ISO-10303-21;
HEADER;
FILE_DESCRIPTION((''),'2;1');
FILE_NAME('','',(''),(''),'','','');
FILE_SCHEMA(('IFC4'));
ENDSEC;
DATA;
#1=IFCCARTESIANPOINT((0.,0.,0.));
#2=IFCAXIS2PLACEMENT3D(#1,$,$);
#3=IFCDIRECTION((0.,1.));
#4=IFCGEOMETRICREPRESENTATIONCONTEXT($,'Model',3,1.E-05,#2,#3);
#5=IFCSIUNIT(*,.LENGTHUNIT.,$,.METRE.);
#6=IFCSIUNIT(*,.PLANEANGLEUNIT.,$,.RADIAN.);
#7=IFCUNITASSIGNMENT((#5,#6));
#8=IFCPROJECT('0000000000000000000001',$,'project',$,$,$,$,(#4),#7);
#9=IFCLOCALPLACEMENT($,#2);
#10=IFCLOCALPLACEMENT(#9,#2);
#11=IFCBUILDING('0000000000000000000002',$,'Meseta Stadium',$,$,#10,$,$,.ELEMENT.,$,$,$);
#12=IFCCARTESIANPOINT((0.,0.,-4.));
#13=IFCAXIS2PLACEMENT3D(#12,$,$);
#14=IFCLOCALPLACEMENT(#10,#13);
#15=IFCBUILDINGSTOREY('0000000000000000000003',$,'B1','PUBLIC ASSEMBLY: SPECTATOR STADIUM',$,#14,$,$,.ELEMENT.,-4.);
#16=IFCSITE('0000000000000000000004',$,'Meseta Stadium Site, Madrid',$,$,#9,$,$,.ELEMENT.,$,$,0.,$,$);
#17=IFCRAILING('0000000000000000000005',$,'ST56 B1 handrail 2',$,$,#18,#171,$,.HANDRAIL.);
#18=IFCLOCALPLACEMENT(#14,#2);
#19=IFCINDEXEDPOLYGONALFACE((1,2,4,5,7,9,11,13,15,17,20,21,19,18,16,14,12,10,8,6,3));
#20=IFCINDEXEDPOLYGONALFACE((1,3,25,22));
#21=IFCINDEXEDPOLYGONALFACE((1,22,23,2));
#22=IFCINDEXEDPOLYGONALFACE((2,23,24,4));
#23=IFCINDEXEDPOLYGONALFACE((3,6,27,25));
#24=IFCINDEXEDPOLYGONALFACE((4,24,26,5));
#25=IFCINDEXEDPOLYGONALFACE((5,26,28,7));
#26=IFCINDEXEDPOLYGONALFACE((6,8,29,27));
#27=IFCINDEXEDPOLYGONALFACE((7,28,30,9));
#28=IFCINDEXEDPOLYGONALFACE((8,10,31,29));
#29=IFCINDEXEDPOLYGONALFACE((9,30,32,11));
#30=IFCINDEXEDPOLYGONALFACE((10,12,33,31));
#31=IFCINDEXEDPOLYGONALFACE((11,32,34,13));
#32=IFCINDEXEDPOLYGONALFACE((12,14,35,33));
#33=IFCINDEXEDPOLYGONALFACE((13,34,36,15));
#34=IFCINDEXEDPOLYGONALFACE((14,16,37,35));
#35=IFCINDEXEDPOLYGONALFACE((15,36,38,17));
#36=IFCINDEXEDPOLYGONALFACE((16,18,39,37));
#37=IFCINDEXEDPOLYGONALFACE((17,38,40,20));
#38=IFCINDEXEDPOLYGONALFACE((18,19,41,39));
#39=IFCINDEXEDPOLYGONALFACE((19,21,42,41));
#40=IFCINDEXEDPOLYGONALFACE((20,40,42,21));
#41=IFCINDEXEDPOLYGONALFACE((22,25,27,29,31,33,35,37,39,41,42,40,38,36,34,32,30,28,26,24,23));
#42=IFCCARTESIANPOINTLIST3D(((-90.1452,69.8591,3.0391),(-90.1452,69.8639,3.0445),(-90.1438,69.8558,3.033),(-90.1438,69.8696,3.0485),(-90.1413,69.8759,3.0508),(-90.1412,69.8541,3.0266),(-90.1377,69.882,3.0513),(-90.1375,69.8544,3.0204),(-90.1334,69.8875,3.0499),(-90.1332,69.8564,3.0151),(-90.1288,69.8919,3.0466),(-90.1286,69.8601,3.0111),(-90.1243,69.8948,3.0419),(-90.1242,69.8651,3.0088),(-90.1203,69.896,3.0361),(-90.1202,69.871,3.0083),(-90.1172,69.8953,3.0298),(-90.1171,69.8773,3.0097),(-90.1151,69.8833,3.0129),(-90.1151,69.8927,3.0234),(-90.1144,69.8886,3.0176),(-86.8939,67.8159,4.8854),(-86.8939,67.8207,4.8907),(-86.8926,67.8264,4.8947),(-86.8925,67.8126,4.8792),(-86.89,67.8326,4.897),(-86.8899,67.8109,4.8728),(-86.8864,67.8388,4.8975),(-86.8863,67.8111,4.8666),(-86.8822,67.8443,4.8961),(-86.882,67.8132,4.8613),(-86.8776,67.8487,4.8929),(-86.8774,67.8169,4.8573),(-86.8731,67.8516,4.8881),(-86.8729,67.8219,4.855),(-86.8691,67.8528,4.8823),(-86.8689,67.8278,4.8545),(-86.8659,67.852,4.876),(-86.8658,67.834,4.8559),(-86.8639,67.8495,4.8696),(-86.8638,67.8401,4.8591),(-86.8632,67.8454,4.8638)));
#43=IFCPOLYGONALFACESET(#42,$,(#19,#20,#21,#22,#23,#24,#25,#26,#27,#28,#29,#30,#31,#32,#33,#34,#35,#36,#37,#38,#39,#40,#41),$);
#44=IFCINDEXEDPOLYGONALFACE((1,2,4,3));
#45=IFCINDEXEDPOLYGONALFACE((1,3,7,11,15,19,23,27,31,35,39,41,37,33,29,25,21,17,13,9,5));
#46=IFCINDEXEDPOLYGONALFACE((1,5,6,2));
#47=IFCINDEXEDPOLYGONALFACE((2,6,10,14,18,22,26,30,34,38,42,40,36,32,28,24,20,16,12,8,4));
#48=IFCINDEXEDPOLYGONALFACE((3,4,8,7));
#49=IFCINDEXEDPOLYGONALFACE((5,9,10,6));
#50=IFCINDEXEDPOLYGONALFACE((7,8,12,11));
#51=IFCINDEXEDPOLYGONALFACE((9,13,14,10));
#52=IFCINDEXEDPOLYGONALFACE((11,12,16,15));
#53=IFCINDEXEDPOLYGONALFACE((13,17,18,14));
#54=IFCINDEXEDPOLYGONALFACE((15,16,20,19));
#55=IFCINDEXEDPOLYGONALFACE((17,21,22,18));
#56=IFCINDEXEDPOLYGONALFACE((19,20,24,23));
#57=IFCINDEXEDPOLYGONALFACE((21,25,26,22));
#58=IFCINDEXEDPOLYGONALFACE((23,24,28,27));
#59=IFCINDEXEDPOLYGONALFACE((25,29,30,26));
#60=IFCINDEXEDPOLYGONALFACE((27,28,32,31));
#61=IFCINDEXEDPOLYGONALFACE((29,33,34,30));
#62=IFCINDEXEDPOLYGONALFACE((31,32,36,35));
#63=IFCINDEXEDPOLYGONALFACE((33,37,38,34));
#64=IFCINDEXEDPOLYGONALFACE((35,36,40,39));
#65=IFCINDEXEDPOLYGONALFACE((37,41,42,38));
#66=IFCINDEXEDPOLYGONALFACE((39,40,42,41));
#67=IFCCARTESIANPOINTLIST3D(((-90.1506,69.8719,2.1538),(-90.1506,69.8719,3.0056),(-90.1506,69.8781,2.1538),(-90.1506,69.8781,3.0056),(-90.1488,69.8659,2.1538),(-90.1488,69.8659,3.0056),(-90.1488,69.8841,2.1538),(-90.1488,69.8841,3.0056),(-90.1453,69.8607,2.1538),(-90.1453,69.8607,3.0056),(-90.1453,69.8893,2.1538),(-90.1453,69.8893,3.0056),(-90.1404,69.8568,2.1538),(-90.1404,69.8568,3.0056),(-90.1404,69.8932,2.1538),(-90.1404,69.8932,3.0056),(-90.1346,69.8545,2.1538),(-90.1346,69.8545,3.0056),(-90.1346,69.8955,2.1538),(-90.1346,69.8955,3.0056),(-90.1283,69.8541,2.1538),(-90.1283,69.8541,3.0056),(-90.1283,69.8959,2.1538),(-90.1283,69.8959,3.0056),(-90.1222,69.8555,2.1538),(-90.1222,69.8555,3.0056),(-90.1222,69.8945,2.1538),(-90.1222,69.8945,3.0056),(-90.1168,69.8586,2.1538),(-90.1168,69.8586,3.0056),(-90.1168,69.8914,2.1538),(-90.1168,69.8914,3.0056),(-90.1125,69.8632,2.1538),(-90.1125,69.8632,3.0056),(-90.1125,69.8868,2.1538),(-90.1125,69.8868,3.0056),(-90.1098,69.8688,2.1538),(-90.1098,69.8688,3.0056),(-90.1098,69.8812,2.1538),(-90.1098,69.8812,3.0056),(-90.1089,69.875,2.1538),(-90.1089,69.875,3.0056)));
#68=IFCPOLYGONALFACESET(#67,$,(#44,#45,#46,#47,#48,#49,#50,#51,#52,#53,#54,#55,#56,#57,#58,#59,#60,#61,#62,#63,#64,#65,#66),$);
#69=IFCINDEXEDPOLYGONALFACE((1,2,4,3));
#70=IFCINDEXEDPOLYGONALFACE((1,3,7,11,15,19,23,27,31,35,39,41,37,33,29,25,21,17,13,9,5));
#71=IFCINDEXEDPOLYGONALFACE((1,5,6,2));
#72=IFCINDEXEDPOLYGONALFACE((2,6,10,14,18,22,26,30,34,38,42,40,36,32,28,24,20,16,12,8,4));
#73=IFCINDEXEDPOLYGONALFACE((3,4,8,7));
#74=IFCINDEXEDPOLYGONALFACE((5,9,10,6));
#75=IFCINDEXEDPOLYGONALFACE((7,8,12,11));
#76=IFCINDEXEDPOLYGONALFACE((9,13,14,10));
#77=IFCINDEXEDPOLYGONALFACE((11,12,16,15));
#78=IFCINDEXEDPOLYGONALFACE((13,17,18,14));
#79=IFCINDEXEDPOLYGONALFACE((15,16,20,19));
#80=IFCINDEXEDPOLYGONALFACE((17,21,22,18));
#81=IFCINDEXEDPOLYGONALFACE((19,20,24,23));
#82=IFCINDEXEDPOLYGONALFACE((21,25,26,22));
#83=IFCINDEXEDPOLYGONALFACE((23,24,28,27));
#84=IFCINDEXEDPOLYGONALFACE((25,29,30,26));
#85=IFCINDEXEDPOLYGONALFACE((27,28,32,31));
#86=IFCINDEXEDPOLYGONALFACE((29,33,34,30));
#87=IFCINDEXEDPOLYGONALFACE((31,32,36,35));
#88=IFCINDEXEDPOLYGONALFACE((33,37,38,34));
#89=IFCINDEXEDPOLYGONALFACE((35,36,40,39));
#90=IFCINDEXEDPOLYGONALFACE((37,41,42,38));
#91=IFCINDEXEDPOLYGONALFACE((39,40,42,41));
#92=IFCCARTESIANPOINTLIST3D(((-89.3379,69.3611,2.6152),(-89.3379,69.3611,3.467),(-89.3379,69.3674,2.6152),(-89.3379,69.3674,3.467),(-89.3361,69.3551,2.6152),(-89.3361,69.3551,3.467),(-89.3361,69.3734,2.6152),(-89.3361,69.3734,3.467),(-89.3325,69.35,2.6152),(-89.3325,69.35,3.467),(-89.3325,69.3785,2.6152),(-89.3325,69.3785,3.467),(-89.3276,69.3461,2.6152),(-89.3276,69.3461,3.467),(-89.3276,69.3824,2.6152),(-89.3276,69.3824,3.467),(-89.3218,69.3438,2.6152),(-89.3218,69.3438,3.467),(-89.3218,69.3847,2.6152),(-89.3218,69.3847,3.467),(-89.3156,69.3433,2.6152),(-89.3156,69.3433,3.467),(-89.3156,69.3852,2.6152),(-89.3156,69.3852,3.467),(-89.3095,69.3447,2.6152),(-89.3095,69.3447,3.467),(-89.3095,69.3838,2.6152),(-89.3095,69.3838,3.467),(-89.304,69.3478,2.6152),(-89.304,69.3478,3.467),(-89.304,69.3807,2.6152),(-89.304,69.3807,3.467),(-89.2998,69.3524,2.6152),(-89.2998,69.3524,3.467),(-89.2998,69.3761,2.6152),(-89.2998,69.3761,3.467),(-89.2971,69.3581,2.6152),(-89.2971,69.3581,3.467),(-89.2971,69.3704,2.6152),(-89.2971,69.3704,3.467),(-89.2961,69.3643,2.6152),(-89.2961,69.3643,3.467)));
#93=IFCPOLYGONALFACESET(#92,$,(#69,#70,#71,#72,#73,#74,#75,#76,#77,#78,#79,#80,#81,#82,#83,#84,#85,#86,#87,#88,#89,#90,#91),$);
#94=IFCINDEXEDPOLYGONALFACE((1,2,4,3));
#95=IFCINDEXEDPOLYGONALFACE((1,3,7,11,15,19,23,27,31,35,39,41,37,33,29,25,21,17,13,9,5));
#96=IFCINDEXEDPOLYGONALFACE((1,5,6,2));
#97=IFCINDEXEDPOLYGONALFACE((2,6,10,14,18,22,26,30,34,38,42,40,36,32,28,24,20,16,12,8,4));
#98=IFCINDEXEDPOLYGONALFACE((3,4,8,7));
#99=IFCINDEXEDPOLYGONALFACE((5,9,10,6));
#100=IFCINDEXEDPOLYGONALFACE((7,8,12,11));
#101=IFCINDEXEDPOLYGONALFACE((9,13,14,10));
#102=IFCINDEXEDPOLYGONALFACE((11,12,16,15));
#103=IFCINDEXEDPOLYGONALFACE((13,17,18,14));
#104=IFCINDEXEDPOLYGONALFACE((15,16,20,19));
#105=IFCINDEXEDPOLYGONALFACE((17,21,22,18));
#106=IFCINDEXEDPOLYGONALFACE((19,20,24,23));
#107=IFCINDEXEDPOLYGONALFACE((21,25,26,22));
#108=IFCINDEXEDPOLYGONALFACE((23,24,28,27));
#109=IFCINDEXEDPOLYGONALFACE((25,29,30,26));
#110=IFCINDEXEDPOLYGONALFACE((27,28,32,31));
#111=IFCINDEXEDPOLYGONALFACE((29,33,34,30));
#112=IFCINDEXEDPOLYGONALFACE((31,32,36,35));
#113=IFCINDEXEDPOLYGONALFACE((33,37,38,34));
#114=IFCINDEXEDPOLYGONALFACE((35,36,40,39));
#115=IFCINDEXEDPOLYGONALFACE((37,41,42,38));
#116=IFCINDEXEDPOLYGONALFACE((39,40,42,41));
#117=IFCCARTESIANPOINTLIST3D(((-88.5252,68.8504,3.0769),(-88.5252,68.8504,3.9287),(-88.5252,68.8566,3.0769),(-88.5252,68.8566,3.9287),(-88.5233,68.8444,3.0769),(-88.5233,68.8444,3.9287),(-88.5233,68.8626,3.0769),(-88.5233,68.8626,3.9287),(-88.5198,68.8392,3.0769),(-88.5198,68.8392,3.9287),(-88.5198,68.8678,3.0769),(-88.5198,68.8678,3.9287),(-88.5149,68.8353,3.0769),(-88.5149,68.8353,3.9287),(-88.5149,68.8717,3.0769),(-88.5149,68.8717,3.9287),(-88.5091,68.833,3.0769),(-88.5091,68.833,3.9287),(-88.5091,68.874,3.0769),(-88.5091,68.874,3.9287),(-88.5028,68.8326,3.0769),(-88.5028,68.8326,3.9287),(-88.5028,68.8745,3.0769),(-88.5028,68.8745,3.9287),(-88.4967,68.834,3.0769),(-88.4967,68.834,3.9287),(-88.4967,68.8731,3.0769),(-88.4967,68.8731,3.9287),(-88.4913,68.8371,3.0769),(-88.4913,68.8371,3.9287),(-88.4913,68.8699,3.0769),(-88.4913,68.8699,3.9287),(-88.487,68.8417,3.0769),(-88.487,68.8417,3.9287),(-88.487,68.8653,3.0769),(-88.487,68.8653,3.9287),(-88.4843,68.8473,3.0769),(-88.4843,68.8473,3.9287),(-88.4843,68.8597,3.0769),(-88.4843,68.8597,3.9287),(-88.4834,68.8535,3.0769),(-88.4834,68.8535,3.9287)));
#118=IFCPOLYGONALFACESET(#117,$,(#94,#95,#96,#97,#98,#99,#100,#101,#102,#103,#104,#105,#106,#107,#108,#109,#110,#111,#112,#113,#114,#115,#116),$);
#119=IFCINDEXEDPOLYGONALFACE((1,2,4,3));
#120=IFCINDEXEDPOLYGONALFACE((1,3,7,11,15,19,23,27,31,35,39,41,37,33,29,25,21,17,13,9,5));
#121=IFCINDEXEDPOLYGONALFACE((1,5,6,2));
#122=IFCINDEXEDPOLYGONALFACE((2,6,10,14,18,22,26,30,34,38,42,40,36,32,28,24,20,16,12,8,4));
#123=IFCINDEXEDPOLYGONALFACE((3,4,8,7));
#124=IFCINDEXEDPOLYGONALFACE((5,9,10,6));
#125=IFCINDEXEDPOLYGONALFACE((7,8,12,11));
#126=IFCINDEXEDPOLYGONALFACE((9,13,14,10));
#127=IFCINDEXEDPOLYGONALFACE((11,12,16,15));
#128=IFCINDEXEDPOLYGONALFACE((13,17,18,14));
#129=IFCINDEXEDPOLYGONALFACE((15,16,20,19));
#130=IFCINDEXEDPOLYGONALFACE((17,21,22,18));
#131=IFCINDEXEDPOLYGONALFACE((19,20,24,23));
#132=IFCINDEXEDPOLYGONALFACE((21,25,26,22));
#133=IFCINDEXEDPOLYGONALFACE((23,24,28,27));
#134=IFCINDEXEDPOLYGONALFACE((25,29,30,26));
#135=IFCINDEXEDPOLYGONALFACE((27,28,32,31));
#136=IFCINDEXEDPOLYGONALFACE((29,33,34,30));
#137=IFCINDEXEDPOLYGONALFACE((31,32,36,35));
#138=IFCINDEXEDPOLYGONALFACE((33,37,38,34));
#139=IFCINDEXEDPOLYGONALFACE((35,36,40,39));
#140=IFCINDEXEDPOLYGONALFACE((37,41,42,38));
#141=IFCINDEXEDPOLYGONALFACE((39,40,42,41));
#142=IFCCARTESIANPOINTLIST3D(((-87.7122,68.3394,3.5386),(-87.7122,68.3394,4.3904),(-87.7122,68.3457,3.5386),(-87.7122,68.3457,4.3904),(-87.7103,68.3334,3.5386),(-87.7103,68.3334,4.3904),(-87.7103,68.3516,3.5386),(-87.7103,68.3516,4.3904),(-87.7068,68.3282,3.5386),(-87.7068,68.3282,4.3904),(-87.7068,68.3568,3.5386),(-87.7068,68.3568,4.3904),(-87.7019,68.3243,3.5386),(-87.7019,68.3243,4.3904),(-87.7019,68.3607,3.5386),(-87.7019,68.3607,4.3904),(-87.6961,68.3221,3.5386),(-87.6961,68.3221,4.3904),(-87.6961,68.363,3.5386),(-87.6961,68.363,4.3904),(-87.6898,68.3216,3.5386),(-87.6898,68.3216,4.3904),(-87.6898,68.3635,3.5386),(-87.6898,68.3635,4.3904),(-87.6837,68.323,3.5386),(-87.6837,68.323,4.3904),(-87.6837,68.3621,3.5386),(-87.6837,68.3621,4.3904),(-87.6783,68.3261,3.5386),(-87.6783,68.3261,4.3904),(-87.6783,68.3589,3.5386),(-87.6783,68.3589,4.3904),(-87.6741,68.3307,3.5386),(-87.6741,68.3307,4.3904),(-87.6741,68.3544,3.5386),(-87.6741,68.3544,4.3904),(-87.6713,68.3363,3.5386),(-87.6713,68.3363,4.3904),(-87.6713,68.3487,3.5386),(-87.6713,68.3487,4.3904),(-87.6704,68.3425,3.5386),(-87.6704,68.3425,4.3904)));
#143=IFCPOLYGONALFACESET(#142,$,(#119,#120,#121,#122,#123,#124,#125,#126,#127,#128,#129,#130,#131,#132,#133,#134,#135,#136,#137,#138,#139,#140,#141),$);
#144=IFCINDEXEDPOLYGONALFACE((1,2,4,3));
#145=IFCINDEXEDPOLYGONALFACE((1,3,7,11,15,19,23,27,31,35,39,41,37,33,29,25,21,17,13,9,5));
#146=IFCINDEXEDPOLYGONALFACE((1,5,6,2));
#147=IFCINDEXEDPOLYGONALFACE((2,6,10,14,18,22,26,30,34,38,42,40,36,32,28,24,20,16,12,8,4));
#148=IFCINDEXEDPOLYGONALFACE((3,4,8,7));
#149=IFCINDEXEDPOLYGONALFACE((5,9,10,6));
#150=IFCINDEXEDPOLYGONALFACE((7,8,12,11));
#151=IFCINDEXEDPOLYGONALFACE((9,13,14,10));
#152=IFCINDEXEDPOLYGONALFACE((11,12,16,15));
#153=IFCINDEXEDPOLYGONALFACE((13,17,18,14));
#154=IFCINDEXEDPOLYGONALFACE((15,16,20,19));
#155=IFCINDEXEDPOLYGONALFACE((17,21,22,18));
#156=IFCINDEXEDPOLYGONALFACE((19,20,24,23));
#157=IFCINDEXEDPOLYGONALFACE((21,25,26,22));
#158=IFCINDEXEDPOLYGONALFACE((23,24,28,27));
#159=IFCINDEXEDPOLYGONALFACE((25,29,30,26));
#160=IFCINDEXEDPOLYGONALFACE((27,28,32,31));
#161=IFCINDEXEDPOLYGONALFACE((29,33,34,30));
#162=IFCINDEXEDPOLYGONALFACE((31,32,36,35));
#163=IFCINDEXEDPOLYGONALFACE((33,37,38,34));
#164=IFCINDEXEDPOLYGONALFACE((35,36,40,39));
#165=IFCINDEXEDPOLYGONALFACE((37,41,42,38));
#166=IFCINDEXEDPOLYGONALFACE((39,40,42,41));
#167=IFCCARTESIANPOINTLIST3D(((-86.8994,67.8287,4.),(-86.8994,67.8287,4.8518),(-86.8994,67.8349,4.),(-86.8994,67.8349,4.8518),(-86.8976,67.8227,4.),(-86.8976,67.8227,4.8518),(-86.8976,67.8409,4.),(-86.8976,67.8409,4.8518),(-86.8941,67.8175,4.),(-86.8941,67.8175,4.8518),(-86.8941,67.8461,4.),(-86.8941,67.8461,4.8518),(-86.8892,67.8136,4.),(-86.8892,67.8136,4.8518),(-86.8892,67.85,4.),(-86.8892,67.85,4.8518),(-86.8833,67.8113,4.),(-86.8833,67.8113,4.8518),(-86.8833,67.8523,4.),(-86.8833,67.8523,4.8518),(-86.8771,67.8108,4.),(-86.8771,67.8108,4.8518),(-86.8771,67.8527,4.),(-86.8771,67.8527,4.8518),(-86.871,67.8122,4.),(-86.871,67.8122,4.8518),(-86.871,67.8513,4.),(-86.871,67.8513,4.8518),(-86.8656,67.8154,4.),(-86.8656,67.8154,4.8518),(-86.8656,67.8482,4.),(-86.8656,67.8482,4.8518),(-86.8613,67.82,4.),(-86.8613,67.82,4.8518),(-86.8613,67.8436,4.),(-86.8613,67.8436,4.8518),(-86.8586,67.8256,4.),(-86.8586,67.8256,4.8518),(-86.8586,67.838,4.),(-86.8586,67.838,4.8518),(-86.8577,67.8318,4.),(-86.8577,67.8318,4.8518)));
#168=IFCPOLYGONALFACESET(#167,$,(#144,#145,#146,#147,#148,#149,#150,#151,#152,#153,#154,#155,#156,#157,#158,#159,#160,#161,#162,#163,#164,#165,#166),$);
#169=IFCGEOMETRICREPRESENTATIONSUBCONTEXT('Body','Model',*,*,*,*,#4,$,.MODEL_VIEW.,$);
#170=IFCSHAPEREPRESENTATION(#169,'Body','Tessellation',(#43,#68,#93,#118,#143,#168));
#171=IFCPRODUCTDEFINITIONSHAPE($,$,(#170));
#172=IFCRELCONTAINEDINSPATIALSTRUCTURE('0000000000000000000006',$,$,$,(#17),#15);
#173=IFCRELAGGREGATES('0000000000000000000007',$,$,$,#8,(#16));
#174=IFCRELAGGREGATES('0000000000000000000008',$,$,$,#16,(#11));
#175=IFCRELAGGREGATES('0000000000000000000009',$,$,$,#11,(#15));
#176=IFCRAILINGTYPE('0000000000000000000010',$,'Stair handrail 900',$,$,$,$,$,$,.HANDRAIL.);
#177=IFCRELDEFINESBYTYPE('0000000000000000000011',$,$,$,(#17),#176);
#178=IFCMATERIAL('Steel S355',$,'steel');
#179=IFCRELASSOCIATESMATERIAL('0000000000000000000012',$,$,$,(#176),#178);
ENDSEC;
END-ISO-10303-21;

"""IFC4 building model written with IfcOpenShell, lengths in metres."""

from ifc_helpers import new_model, si_unit, direction, frame, origin, origin_2d, place, context, subcontext, project, spatial, circle, extrude, material, type_object, element, save


model = new_model("IFC4")

# Units and contexts
model_context = context("Model", 3, precision=1e-05, world=origin(), true_north=direction((0.0, 1.0)))
body_context = subcontext(model_context, "Body", "Model", "MODEL_VIEW")
ifc_project = project(units=[si_unit("LENGTHUNIT", "METRE"), si_unit("PLANEANGLEUNIT", "RADIAN")], contexts=[model_context])

# Site, building, storey
site_placement = place(None, origin())
site = spatial("IfcSite", under=ifc_project, at=site_placement, Name="Meseta Stadium Site, Madrid", CompositionType="ELEMENT", RefElevation=0.0)
building_placement = place(site_placement, origin())
building = spatial("IfcBuilding", under=site, at=building_placement, Name="Meseta Stadium", CompositionType="ELEMENT")
storey_placement = place(building_placement, frame((0.0, 0.0, -4.0)))
storey = spatial("IfcBuildingStorey", under=building, at=storey_placement, Name="B1", Description="PUBLIC ASSEMBLY: SPECTATOR STADIUM", CompositionType="ELEMENT", Elevation=-4.0)

# Railing
ifc_material_1 = material(Name="Steel S355", Category="steel")
railing_type_1 = type_object("IfcRailingType", Name="Stair handrail 900", PredefinedType="HANDRAIL", material=ifc_material_1)
railing_1_placement = place(storey_placement, frame((-90.1299, 69.875, 2.1538)))
element("IfcRailing", 1, at=railing_1_placement, inside=storey, type_object=railing_type_1, Name="ST56 B1 handrail 2", PredefinedType="HANDRAIL", context=body_context, shape_type="SweptSolid", body=[
    extrude(circle(Radius=0.0239, at=origin_2d()), frame((0.0, 0.0, 0.876), z_axis=(0.763072, -0.479548, 0.433307), x_axis=(0.532095, 0.846685, 0.0)), (0.0, 0.0, 1.0), 4.2607),
    extrude(circle(Radius=0.021, at=origin_2d()), origin(), (0.0, 0.0, 1.0), 0.8518),
    extrude(circle(Radius=0.021, at=origin_2d()), frame((0.8127, -0.5107, 0.4614)), (0.0, 0.0, 1.0), 0.8518),
    extrude(circle(Radius=0.021, at=origin_2d()), frame((1.6255, -1.0215, 0.9231)), (0.0, 0.0, 1.0), 0.8518),
    extrude(circle(Radius=0.021, at=origin_2d()), frame((2.4385, -1.5325, 1.3848)), (0.0, 0.0, 1.0), 0.8518),
    extrude(circle(Radius=0.021, at=origin_2d()), frame((3.2512, -2.0432, 1.8462)), (0.0, 0.0, 1.0), 0.8518),
])

save(model, "model.ifc")
